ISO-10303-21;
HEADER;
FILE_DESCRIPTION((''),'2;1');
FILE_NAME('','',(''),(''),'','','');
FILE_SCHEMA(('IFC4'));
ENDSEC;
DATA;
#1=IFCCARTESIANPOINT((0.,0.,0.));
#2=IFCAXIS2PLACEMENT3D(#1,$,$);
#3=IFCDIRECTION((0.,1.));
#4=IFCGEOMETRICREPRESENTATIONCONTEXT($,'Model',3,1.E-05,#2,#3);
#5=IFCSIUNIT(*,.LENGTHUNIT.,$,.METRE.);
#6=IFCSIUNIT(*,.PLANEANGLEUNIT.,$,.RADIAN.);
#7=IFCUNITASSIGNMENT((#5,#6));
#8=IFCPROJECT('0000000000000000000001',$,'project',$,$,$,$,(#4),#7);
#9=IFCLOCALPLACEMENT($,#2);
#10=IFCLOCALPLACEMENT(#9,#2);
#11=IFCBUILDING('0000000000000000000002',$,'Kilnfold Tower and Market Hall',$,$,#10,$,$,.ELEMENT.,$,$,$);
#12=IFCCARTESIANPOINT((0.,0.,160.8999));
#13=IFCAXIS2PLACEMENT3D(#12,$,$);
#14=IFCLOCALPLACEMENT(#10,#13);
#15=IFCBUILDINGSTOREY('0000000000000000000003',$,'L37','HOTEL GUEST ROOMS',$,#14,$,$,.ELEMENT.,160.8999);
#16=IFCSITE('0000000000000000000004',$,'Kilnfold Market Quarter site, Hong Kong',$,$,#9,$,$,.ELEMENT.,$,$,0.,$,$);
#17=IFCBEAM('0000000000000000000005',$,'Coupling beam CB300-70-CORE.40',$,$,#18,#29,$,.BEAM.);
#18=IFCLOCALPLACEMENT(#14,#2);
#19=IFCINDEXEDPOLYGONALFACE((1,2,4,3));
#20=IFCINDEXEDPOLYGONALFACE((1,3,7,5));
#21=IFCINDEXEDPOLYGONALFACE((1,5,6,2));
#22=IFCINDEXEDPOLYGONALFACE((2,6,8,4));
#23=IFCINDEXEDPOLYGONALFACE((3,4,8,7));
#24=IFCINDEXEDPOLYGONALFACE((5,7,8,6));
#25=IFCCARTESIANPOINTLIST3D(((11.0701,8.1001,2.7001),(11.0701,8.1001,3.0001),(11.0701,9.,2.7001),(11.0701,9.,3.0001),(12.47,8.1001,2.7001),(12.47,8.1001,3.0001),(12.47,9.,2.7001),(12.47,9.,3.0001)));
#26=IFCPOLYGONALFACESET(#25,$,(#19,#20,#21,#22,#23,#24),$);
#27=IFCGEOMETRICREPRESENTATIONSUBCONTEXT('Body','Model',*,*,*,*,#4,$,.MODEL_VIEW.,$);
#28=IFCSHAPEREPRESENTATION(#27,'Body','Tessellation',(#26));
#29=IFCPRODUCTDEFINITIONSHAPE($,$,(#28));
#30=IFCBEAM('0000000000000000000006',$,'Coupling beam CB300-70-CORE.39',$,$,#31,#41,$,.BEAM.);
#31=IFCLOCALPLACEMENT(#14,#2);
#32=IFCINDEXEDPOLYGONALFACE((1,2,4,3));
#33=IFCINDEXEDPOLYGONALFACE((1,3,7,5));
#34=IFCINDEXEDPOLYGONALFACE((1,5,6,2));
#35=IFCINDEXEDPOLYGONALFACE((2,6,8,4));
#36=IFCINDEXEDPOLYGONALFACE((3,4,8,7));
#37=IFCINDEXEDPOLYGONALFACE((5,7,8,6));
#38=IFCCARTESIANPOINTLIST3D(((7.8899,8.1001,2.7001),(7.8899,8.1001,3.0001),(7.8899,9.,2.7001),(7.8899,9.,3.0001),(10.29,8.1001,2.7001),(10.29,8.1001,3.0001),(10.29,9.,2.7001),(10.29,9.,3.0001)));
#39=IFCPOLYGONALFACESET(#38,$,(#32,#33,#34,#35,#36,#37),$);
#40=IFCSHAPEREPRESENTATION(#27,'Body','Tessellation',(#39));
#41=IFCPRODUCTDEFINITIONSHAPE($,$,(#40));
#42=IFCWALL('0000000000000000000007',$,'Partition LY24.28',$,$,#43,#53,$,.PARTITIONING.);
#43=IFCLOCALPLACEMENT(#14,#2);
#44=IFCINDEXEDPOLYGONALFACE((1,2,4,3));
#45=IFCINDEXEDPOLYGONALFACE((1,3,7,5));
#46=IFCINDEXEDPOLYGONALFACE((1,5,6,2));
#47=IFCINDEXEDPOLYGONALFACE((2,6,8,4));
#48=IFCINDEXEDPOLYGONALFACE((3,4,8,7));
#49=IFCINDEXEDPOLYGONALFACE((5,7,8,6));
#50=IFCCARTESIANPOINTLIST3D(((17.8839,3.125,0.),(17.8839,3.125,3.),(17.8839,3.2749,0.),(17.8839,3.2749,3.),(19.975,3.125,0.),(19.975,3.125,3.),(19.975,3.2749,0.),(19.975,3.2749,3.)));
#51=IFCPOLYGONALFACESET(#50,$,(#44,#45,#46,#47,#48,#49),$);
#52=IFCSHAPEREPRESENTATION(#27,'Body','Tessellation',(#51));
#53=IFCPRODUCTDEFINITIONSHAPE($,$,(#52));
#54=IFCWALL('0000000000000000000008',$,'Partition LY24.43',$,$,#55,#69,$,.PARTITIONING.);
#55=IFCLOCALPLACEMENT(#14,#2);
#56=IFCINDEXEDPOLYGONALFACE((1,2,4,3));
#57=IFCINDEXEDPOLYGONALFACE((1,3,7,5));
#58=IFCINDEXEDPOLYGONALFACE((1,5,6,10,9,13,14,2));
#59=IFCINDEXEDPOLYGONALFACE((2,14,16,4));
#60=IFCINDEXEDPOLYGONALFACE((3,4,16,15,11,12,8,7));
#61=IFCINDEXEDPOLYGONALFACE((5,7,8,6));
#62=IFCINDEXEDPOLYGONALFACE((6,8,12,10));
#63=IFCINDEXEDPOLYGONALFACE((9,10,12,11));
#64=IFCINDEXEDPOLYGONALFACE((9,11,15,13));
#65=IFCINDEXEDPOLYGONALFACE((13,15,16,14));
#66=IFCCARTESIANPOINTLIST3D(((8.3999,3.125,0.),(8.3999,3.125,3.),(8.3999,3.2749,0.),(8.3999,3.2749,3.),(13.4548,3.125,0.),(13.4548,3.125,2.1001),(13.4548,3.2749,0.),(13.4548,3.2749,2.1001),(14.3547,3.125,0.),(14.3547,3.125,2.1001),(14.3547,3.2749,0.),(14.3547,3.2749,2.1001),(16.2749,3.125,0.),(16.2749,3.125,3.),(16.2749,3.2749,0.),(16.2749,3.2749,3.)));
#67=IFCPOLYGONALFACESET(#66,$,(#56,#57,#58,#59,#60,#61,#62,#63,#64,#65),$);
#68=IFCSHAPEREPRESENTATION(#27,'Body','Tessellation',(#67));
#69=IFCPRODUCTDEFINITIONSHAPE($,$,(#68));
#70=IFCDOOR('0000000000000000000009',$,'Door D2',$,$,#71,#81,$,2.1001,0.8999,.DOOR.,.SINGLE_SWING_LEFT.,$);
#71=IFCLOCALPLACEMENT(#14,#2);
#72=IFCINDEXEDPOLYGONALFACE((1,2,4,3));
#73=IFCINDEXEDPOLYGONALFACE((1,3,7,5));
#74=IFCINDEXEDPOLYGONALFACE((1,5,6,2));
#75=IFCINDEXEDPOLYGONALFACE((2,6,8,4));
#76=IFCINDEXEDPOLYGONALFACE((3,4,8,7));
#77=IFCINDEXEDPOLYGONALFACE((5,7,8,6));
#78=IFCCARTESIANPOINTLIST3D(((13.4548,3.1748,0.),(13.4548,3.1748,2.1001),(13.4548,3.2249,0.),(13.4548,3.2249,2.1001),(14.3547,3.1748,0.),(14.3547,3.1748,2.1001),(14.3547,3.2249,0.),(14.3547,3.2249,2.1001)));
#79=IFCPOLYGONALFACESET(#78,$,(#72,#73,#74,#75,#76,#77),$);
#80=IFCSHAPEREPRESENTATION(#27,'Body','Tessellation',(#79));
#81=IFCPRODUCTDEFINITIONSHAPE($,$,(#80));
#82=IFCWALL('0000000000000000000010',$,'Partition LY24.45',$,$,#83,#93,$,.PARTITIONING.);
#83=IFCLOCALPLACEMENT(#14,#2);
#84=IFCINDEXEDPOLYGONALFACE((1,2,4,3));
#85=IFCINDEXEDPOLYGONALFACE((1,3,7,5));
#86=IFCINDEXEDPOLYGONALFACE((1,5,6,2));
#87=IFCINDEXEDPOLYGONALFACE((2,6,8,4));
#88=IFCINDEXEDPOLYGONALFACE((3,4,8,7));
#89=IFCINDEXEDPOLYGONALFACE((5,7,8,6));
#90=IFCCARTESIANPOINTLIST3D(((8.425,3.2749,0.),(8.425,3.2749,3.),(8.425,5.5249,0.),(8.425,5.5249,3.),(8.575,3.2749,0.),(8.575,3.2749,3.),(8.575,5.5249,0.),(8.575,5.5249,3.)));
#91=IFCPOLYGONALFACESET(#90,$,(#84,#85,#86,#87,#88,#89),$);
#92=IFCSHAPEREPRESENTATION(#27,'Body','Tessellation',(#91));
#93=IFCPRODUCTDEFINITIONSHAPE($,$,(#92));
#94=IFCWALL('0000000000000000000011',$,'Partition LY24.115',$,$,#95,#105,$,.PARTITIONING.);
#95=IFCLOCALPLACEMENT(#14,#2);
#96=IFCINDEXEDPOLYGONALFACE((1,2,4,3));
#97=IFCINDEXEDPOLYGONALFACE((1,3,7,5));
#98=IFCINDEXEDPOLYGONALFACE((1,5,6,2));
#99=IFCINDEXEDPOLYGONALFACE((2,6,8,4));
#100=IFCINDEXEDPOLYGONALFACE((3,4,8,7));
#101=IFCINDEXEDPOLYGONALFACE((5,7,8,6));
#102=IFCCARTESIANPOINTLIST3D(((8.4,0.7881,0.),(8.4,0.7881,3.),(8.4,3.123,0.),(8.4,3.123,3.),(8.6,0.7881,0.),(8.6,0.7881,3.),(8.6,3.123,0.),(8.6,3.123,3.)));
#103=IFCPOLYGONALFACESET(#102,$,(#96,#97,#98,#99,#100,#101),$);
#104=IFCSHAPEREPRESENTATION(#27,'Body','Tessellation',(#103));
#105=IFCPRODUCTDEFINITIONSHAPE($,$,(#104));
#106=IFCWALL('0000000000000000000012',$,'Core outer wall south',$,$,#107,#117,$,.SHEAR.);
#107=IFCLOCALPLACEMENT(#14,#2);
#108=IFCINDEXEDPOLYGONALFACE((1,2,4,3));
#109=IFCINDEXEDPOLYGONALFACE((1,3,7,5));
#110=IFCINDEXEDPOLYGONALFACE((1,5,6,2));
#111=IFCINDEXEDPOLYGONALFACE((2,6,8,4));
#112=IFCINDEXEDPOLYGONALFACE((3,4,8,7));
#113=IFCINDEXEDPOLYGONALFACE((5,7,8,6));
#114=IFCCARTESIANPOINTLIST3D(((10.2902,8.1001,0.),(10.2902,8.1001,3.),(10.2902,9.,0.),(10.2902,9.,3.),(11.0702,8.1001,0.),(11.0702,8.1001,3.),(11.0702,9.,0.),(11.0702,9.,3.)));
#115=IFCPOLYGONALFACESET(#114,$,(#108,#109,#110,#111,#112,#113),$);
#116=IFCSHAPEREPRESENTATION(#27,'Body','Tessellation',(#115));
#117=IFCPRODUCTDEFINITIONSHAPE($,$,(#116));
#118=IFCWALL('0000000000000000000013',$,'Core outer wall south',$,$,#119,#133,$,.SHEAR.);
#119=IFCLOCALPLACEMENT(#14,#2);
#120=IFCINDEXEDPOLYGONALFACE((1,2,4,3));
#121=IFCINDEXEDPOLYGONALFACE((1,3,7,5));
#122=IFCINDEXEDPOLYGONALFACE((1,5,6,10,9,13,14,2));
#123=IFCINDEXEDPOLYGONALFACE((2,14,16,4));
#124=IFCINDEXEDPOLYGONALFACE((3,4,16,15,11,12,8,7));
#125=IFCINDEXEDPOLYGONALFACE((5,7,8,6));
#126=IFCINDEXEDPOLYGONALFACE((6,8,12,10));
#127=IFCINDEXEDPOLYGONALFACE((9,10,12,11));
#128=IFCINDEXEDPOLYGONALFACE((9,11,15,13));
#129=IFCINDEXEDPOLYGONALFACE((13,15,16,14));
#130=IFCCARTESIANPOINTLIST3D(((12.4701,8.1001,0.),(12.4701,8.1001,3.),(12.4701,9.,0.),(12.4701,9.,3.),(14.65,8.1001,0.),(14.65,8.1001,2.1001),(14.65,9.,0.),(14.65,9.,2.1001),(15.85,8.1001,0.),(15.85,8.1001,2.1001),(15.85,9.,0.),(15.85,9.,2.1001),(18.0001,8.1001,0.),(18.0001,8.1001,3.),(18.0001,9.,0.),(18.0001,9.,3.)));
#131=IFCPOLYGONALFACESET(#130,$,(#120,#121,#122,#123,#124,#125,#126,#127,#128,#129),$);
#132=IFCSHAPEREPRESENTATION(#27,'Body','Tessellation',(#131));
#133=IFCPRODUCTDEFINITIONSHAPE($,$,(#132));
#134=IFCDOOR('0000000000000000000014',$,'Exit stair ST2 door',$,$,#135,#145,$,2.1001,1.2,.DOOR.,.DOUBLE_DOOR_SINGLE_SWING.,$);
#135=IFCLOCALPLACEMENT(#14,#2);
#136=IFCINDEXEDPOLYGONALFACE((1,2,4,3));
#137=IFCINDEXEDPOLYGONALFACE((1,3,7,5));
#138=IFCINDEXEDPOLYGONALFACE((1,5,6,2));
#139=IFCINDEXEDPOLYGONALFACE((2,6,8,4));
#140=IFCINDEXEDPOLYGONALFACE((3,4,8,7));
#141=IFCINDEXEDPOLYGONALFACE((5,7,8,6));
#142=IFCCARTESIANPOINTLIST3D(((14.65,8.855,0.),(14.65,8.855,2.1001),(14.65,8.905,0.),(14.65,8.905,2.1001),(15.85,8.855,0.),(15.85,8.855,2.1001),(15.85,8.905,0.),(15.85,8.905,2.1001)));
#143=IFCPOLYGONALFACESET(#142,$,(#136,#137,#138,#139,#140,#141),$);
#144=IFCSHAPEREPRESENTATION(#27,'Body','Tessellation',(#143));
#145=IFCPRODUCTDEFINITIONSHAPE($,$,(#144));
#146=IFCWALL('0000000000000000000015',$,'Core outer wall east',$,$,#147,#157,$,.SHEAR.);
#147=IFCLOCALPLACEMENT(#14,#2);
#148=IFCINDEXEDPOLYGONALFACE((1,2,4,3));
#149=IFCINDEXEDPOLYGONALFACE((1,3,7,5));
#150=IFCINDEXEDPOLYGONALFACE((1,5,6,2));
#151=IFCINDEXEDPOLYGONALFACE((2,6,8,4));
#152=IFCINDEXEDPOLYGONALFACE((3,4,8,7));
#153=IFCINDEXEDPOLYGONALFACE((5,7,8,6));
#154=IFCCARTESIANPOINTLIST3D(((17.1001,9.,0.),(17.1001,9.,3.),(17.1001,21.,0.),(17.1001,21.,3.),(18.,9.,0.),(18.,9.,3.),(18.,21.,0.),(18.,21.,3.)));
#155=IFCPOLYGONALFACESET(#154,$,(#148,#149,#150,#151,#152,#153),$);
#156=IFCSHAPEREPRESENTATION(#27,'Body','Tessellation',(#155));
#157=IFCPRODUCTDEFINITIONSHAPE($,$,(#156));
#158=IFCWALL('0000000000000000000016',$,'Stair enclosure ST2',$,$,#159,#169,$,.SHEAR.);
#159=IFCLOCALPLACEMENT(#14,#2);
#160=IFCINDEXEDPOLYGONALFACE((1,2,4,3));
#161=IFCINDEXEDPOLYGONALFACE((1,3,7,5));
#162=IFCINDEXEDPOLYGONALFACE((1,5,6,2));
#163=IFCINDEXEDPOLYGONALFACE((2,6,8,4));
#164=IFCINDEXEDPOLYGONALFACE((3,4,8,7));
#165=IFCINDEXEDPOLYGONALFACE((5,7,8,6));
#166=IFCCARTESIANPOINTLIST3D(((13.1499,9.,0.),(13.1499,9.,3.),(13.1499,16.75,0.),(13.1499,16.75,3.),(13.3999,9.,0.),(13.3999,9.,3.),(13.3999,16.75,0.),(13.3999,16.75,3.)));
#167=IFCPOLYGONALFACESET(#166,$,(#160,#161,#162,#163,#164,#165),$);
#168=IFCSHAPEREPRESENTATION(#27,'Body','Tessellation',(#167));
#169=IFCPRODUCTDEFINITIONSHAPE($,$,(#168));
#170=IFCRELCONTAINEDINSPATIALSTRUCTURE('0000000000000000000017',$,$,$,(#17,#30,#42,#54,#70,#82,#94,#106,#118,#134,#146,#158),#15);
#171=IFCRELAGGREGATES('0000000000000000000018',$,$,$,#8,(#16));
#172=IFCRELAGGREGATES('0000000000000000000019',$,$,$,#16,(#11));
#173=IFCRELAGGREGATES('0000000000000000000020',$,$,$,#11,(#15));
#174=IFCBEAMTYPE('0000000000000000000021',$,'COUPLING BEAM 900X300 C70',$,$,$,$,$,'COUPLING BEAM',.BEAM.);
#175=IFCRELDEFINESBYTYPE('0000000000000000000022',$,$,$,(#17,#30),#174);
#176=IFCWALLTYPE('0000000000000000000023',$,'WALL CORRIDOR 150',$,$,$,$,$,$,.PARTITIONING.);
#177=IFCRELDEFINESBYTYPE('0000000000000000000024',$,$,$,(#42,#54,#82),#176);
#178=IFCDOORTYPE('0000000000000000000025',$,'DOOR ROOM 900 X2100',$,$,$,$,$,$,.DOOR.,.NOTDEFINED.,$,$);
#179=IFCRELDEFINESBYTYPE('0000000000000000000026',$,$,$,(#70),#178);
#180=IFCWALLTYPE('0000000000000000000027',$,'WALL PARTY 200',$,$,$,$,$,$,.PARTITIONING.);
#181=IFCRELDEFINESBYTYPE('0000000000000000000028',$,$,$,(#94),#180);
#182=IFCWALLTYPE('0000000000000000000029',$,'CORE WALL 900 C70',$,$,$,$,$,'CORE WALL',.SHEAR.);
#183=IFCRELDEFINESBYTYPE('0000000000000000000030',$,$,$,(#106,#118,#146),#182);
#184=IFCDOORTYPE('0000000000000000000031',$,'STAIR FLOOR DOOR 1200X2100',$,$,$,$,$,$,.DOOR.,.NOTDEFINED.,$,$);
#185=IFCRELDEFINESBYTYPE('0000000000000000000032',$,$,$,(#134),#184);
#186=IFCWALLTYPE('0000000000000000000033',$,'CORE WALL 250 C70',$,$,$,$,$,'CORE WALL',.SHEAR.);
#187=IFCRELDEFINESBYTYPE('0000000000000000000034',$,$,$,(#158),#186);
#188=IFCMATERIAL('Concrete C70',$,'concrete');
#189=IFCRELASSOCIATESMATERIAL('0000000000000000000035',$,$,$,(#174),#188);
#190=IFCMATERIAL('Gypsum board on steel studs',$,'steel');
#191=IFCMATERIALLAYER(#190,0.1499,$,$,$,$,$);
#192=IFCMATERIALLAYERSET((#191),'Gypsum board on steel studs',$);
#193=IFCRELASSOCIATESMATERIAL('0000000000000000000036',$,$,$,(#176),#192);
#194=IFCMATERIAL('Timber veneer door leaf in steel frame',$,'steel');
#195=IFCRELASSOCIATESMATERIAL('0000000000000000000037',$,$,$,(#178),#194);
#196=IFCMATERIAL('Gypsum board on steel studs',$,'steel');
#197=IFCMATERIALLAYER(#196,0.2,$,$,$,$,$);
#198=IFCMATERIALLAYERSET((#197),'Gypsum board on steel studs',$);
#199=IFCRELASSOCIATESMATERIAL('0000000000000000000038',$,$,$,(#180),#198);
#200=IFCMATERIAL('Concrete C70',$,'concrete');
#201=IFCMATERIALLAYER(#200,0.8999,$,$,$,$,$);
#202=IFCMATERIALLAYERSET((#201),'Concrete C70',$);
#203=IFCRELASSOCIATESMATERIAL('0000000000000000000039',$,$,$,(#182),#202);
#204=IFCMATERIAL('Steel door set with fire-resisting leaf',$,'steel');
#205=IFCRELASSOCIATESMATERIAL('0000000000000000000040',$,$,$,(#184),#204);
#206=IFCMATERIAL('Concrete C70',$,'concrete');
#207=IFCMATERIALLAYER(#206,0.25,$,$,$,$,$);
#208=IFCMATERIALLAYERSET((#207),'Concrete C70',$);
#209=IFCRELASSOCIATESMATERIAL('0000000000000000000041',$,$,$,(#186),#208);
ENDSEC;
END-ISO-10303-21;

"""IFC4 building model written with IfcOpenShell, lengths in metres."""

from ifc_helpers import new_model, si_unit, direction, frame, frame_2d, origin, origin_2d, place, context, subcontext, project, spatial, rectangle, extrude, source, transform, mapped, material, layer, layer_set, material_profile, profile_set, type_object, element, fill, save


model = new_model("IFC4")

# Units and contexts
model_context = context("Model", 3, precision=1e-05, world=origin(), true_north=direction((0.0, 1.0)))
body_context = subcontext(model_context, "Body", "Model", "MODEL_VIEW")
ifc_project = project(units=[si_unit("LENGTHUNIT", "METRE"), si_unit("PLANEANGLEUNIT", "RADIAN")], contexts=[model_context])

# Site, building, storey
site_placement = place(None, origin())
site = spatial("IfcSite", under=ifc_project, at=site_placement, Name="Kilnfold Market Quarter site, Hong Kong", CompositionType="ELEMENT", RefElevation=0.0)
building_placement = place(site_placement, origin())
building = spatial("IfcBuilding", under=site, at=building_placement, Name="Kilnfold Tower and Market Hall", CompositionType="ELEMENT")
storey_placement = place(building_placement, frame((0.0, 0.0, 160.8999)))
storey = spatial("IfcBuildingStorey", under=building, at=storey_placement, Name="L37", Description="HOTEL GUEST ROOMS", CompositionType="ELEMENT", Elevation=160.8999)

# Beams
ifc_material_1 = material(Name="Concrete C70", Category="concrete")
ifc_material_profile = material_profile(ifc_material_1, rectangle(XDim=0.8999, YDim=0.3, at=origin_2d()), Name="RC 900x300")
ifc_profile_set = profile_set([ifc_material_profile], Name="Concrete C70")
beam_type = type_object("IfcBeamType", Name="COUPLING BEAM 900X300 C70", ElementType="COUPLING BEAM", PredefinedType="BEAM", material=ifc_profile_set)
shared_shape_1 = source(origin(), body_context, "Body", "SweptSolid", [
    extrude(rectangle(XDim=0.8999, YDim=0.3, at=origin_2d()), origin(), (0.0, 0.0, 1.0), 1.3999),
])
beam_1_placement = place(storey_placement, frame((11.0701, 8.55, 2.8501), z_axis=(1.0, 0.0, 0.0), x_axis=(0.0, 1.0, 0.0)))
element("IfcBeam", 1, at=beam_1_placement, inside=storey, type_object=beam_type, Name="Coupling beam CB300-70-CORE.40", PredefinedType="BEAM", context=body_context, shape_type="MappedRepresentation", body=[
    mapped(shared_shape_1, transform((0.0, 0.0, 0.0))),
])
shared_shape_2 = source(origin(), body_context, "Body", "SweptSolid", [
    extrude(rectangle(XDim=0.8999, YDim=0.3, at=origin_2d()), origin(), (0.0, 0.0, 1.0), 2.4001),
])
beam_2_placement = place(storey_placement, frame((7.8899, 8.55, 2.8501), z_axis=(1.0, 0.0, 0.0), x_axis=(0.0, 1.0, 0.0)))
element("IfcBeam", 2, at=beam_2_placement, inside=storey, type_object=beam_type, Name="Coupling beam CB300-70-CORE.39", PredefinedType="BEAM", context=body_context, shape_type="MappedRepresentation", body=[
    mapped(shared_shape_2, transform((0.0, 0.0, 0.0))),
])

# Wall
ifc_material_2 = material(Name="Gypsum board on steel studs", Category="steel")
ifc_layer_1 = layer(ifc_material_2, 0.1499)
ifc_layer_set_1 = layer_set([ifc_layer_1], Name="Gypsum board on steel studs")
wall_type_1 = type_object("IfcWallType", Name="WALL CORRIDOR 150", PredefinedType="PARTITIONING", material=ifc_layer_set_1)
wall_1_placement = place(storey_placement, frame((17.884, 3.2, 0.0), z_axis=(0.0, 0.0, 1.0), x_axis=(1.0, 0.0, 0.0)))
element("IfcWall", 3, at=wall_1_placement, inside=storey, type_object=wall_type_1, Name="Partition LY24.28", PredefinedType="PARTITIONING", context=body_context, shape_type="SweptSolid", body=[
    extrude(rectangle(XDim=2.0911, YDim=0.1499, at=frame_2d((1.0454, 0.0))), origin(), (0.0, 0.0, 1.0), 3.0),
])

# Wall, opening, door
wall_2_placement = place(storey_placement, frame((8.3999, 3.2, 0.0), z_axis=(0.0, 0.0, 1.0), x_axis=(1.0, 0.0, 0.0)))
wall_2 = element("IfcWall", 4, at=wall_2_placement, inside=storey, type_object=wall_type_1, Name="Partition LY24.43", PredefinedType="PARTITIONING", context=body_context, shape_type="SweptSolid", body=[
    extrude(rectangle(XDim=7.875, YDim=0.1499, at=frame_2d((3.9375, 0.0))), origin(), (0.0, 0.0, 1.0), 3.0),
])
opening_1_placement = place(wall_2_placement, frame((5.0549, 0.0, 0.0)))
opening_1 = element("IfcOpeningElement", 5, at=opening_1_placement, cuts=wall_2, PredefinedType="OPENING", context=body_context, shape_type="SweptSolid", body=[
    extrude(rectangle(XDim=0.8999, YDim=2.1001, at=frame_2d((0.45, 1.05))), frame((0.0, 0.085, 0.0), z_axis=(0.0, -1.0, 0.0), x_axis=(1.0, 0.0, 0.0)), (0.0, 0.0, 1.0), 0.1699),
])
ifc_material_3 = material(Name="Timber veneer door leaf in steel frame", Category="steel")
door_type_1 = type_object("IfcDoorType", Name="DOOR ROOM 900 X2100", OperationType="NOTDEFINED", PredefinedType="DOOR", material=ifc_material_3)
door_1_placement = place(opening_1_placement, origin())
door_1 = element("IfcDoor", 6, at=door_1_placement, inside=storey, type_object=door_type_1, Name="Door D2", OperationType="SINGLE_SWING_LEFT", OverallHeight=2.1001, OverallWidth=0.8999, PredefinedType="DOOR", context=body_context, shape_type="SweptSolid", body=[
    extrude(rectangle(XDim=0.8999, YDim=2.1001, at=frame_2d((0.45, 1.05))), frame((0.0, 0.0249, 0.0), z_axis=(0.0, -1.0, 0.0), x_axis=(1.0, 0.0, 0.0)), (0.0, 0.0, 1.0), 0.05),
])
fill(opening_1, door_1)

# Walls
wall_3_placement = place(storey_placement, frame((8.5, 5.5249, 0.0), z_axis=(0.0, 0.0, 1.0), x_axis=(0.0, -1.0, 0.0)))
element("IfcWall", 7, at=wall_3_placement, inside=storey, type_object=wall_type_1, Name="Partition LY24.45", PredefinedType="PARTITIONING", context=body_context, shape_type="SweptSolid", body=[
    extrude(rectangle(XDim=2.25, YDim=0.1499, at=frame_2d((1.125, 0.0))), origin(), (0.0, 0.0, 1.0), 3.0),
])
ifc_material_4 = material(Name="Gypsum board on steel studs", Category="steel")
ifc_layer_2 = layer(ifc_material_4, 0.2)
ifc_layer_set_2 = layer_set([ifc_layer_2], Name="Gypsum board on steel studs")
wall_type_2 = type_object("IfcWallType", Name="WALL PARTY 200", PredefinedType="PARTITIONING", material=ifc_layer_set_2)
wall_4_placement = place(storey_placement, frame((8.5, 0.7881, 0.0), z_axis=(0.0, 0.0, 1.0), x_axis=(0.0, 1.0, 0.0)))
element("IfcWall", 8, at=wall_4_placement, inside=storey, type_object=wall_type_2, Name="Partition LY24.115", PredefinedType="PARTITIONING", context=body_context, shape_type="SweptSolid", body=[
    extrude(rectangle(XDim=2.335, YDim=0.2, at=frame_2d((1.1675, 0.0))), origin(), (0.0, 0.0, 1.0), 3.0),
])
ifc_material_5 = material(Name="Concrete C70", Category="concrete")
ifc_layer_3 = layer(ifc_material_5, 0.8999)
ifc_layer_set_3 = layer_set([ifc_layer_3], Name="Concrete C70")
wall_type_3 = type_object("IfcWallType", Name="CORE WALL 900 C70", ElementType="CORE WALL", PredefinedType="SHEAR", material=ifc_layer_set_3)
shared_shape_3 = source(origin(), body_context, "Body", "SweptSolid", [
    extrude(rectangle(XDim=0.78, YDim=0.8999, at=frame_2d((0.3901, 0.0))), origin(), (0.0, 0.0, 1.0), 3.0),
])
wall_5_placement = place(storey_placement, frame((10.29, 8.55, 0.0), z_axis=(0.0, 0.0, 1.0), x_axis=(1.0, 0.0, 0.0)))
element("IfcWall", 9, at=wall_5_placement, inside=storey, type_object=wall_type_3, Name="Core outer wall south", PredefinedType="SHEAR", context=body_context, shape_type="MappedRepresentation", body=[
    mapped(shared_shape_3, transform((0.0, 0.0, 0.0))),
])

# Wall, opening, door
shared_shape_4 = source(origin(), body_context, "Body", "SweptSolid", [
    extrude(rectangle(XDim=5.53, YDim=0.8999, at=frame_2d((2.7651, 0.0))), origin(), (0.0, 0.0, 1.0), 3.0),
])
wall_6_placement = place(storey_placement, frame((12.47, 8.55, 0.0), z_axis=(0.0, 0.0, 1.0), x_axis=(1.0, 0.0, 0.0)))
wall_6 = element("IfcWall", 10, at=wall_6_placement, inside=storey, type_object=wall_type_3, Name="Core outer wall south", PredefinedType="SHEAR", context=body_context, shape_type="MappedRepresentation", body=[
    mapped(shared_shape_4, transform((0.0, 0.0, 0.0))),
])
opening_2_placement = place(wall_6_placement, frame((2.1799, 0.0, 0.0)))
opening_2 = element("IfcOpeningElement", 11, at=opening_2_placement, cuts=wall_6, PredefinedType="OPENING", context=body_context, shape_type="SweptSolid", body=[
    extrude(rectangle(XDim=1.2, YDim=2.1001, at=frame_2d((0.6001, 1.05))), frame((0.0, 0.46, 0.0), z_axis=(0.0, -1.0, 0.0), x_axis=(1.0, 0.0, 0.0)), (0.0, 0.0, 1.0), 0.9199),
])
ifc_material_6 = material(Name="Steel door set with fire-resisting leaf", Category="steel")
door_type_2 = type_object("IfcDoorType", Name="STAIR FLOOR DOOR 1200X2100", OperationType="NOTDEFINED", PredefinedType="DOOR", material=ifc_material_6)
door_2_placement = place(opening_2_placement, origin())
door_2 = element("IfcDoor", 12, at=door_2_placement, inside=storey, type_object=door_type_2, Name="Exit stair ST2 door", OperationType="DOUBLE_DOOR_SINGLE_SWING", OverallHeight=2.1001, OverallWidth=1.2, PredefinedType="DOOR", context=body_context, shape_type="SweptSolid", body=[
    extrude(rectangle(XDim=1.2, YDim=2.1001, at=frame_2d((0.6001, 1.05))), frame((0.0, 0.355, 0.0), z_axis=(0.0, -1.0, 0.0), x_axis=(1.0, 0.0, 0.0)), (0.0, 0.0, 1.0), 0.05),
])
fill(opening_2, door_2)

# Walls
shared_shape_5 = source(origin(), body_context, "Body", "SweptSolid", [
    extrude(rectangle(XDim=12.0, YDim=0.8999, at=frame_2d((6.0, 0.0))), origin(), (0.0, 0.0, 1.0), 3.0),
])
wall_7_placement = place(storey_placement, frame((17.55, 9.0, 0.0), z_axis=(0.0, 0.0, 1.0), x_axis=(0.0, 1.0, 0.0)))
element("IfcWall", 13, at=wall_7_placement, inside=storey, type_object=wall_type_3, Name="Core outer wall east", PredefinedType="SHEAR", context=body_context, shape_type="MappedRepresentation", body=[
    mapped(shared_shape_5, transform((0.0, 0.0, 0.0))),
])
ifc_material_7 = material(Name="Concrete C70", Category="concrete")
ifc_layer_4 = layer(ifc_material_7, 0.25)
ifc_layer_set_4 = layer_set([ifc_layer_4], Name="Concrete C70")
wall_type_4 = type_object("IfcWallType", Name="CORE WALL 250 C70", ElementType="CORE WALL", PredefinedType="SHEAR", material=ifc_layer_set_4)
shared_shape_6 = source(origin(), body_context, "Body", "SweptSolid", [
    extrude(rectangle(XDim=7.75, YDim=0.25, at=frame_2d((3.875, 0.0))), origin(), (0.0, 0.0, 1.0), 3.0),
])
wall_8_placement = place(storey_placement, frame((13.2749, 9.0, 0.0), z_axis=(0.0, 0.0, 1.0), x_axis=(0.0, 1.0, 0.0)))
element("IfcWall", 14, at=wall_8_placement, inside=storey, type_object=wall_type_4, Name="Stair enclosure ST2", PredefinedType="SHEAR", context=body_context, shape_type="MappedRepresentation", body=[
    mapped(shared_shape_6, transform((0.0, 0.0, 0.0))),
])

save(model, "model.ifc")
